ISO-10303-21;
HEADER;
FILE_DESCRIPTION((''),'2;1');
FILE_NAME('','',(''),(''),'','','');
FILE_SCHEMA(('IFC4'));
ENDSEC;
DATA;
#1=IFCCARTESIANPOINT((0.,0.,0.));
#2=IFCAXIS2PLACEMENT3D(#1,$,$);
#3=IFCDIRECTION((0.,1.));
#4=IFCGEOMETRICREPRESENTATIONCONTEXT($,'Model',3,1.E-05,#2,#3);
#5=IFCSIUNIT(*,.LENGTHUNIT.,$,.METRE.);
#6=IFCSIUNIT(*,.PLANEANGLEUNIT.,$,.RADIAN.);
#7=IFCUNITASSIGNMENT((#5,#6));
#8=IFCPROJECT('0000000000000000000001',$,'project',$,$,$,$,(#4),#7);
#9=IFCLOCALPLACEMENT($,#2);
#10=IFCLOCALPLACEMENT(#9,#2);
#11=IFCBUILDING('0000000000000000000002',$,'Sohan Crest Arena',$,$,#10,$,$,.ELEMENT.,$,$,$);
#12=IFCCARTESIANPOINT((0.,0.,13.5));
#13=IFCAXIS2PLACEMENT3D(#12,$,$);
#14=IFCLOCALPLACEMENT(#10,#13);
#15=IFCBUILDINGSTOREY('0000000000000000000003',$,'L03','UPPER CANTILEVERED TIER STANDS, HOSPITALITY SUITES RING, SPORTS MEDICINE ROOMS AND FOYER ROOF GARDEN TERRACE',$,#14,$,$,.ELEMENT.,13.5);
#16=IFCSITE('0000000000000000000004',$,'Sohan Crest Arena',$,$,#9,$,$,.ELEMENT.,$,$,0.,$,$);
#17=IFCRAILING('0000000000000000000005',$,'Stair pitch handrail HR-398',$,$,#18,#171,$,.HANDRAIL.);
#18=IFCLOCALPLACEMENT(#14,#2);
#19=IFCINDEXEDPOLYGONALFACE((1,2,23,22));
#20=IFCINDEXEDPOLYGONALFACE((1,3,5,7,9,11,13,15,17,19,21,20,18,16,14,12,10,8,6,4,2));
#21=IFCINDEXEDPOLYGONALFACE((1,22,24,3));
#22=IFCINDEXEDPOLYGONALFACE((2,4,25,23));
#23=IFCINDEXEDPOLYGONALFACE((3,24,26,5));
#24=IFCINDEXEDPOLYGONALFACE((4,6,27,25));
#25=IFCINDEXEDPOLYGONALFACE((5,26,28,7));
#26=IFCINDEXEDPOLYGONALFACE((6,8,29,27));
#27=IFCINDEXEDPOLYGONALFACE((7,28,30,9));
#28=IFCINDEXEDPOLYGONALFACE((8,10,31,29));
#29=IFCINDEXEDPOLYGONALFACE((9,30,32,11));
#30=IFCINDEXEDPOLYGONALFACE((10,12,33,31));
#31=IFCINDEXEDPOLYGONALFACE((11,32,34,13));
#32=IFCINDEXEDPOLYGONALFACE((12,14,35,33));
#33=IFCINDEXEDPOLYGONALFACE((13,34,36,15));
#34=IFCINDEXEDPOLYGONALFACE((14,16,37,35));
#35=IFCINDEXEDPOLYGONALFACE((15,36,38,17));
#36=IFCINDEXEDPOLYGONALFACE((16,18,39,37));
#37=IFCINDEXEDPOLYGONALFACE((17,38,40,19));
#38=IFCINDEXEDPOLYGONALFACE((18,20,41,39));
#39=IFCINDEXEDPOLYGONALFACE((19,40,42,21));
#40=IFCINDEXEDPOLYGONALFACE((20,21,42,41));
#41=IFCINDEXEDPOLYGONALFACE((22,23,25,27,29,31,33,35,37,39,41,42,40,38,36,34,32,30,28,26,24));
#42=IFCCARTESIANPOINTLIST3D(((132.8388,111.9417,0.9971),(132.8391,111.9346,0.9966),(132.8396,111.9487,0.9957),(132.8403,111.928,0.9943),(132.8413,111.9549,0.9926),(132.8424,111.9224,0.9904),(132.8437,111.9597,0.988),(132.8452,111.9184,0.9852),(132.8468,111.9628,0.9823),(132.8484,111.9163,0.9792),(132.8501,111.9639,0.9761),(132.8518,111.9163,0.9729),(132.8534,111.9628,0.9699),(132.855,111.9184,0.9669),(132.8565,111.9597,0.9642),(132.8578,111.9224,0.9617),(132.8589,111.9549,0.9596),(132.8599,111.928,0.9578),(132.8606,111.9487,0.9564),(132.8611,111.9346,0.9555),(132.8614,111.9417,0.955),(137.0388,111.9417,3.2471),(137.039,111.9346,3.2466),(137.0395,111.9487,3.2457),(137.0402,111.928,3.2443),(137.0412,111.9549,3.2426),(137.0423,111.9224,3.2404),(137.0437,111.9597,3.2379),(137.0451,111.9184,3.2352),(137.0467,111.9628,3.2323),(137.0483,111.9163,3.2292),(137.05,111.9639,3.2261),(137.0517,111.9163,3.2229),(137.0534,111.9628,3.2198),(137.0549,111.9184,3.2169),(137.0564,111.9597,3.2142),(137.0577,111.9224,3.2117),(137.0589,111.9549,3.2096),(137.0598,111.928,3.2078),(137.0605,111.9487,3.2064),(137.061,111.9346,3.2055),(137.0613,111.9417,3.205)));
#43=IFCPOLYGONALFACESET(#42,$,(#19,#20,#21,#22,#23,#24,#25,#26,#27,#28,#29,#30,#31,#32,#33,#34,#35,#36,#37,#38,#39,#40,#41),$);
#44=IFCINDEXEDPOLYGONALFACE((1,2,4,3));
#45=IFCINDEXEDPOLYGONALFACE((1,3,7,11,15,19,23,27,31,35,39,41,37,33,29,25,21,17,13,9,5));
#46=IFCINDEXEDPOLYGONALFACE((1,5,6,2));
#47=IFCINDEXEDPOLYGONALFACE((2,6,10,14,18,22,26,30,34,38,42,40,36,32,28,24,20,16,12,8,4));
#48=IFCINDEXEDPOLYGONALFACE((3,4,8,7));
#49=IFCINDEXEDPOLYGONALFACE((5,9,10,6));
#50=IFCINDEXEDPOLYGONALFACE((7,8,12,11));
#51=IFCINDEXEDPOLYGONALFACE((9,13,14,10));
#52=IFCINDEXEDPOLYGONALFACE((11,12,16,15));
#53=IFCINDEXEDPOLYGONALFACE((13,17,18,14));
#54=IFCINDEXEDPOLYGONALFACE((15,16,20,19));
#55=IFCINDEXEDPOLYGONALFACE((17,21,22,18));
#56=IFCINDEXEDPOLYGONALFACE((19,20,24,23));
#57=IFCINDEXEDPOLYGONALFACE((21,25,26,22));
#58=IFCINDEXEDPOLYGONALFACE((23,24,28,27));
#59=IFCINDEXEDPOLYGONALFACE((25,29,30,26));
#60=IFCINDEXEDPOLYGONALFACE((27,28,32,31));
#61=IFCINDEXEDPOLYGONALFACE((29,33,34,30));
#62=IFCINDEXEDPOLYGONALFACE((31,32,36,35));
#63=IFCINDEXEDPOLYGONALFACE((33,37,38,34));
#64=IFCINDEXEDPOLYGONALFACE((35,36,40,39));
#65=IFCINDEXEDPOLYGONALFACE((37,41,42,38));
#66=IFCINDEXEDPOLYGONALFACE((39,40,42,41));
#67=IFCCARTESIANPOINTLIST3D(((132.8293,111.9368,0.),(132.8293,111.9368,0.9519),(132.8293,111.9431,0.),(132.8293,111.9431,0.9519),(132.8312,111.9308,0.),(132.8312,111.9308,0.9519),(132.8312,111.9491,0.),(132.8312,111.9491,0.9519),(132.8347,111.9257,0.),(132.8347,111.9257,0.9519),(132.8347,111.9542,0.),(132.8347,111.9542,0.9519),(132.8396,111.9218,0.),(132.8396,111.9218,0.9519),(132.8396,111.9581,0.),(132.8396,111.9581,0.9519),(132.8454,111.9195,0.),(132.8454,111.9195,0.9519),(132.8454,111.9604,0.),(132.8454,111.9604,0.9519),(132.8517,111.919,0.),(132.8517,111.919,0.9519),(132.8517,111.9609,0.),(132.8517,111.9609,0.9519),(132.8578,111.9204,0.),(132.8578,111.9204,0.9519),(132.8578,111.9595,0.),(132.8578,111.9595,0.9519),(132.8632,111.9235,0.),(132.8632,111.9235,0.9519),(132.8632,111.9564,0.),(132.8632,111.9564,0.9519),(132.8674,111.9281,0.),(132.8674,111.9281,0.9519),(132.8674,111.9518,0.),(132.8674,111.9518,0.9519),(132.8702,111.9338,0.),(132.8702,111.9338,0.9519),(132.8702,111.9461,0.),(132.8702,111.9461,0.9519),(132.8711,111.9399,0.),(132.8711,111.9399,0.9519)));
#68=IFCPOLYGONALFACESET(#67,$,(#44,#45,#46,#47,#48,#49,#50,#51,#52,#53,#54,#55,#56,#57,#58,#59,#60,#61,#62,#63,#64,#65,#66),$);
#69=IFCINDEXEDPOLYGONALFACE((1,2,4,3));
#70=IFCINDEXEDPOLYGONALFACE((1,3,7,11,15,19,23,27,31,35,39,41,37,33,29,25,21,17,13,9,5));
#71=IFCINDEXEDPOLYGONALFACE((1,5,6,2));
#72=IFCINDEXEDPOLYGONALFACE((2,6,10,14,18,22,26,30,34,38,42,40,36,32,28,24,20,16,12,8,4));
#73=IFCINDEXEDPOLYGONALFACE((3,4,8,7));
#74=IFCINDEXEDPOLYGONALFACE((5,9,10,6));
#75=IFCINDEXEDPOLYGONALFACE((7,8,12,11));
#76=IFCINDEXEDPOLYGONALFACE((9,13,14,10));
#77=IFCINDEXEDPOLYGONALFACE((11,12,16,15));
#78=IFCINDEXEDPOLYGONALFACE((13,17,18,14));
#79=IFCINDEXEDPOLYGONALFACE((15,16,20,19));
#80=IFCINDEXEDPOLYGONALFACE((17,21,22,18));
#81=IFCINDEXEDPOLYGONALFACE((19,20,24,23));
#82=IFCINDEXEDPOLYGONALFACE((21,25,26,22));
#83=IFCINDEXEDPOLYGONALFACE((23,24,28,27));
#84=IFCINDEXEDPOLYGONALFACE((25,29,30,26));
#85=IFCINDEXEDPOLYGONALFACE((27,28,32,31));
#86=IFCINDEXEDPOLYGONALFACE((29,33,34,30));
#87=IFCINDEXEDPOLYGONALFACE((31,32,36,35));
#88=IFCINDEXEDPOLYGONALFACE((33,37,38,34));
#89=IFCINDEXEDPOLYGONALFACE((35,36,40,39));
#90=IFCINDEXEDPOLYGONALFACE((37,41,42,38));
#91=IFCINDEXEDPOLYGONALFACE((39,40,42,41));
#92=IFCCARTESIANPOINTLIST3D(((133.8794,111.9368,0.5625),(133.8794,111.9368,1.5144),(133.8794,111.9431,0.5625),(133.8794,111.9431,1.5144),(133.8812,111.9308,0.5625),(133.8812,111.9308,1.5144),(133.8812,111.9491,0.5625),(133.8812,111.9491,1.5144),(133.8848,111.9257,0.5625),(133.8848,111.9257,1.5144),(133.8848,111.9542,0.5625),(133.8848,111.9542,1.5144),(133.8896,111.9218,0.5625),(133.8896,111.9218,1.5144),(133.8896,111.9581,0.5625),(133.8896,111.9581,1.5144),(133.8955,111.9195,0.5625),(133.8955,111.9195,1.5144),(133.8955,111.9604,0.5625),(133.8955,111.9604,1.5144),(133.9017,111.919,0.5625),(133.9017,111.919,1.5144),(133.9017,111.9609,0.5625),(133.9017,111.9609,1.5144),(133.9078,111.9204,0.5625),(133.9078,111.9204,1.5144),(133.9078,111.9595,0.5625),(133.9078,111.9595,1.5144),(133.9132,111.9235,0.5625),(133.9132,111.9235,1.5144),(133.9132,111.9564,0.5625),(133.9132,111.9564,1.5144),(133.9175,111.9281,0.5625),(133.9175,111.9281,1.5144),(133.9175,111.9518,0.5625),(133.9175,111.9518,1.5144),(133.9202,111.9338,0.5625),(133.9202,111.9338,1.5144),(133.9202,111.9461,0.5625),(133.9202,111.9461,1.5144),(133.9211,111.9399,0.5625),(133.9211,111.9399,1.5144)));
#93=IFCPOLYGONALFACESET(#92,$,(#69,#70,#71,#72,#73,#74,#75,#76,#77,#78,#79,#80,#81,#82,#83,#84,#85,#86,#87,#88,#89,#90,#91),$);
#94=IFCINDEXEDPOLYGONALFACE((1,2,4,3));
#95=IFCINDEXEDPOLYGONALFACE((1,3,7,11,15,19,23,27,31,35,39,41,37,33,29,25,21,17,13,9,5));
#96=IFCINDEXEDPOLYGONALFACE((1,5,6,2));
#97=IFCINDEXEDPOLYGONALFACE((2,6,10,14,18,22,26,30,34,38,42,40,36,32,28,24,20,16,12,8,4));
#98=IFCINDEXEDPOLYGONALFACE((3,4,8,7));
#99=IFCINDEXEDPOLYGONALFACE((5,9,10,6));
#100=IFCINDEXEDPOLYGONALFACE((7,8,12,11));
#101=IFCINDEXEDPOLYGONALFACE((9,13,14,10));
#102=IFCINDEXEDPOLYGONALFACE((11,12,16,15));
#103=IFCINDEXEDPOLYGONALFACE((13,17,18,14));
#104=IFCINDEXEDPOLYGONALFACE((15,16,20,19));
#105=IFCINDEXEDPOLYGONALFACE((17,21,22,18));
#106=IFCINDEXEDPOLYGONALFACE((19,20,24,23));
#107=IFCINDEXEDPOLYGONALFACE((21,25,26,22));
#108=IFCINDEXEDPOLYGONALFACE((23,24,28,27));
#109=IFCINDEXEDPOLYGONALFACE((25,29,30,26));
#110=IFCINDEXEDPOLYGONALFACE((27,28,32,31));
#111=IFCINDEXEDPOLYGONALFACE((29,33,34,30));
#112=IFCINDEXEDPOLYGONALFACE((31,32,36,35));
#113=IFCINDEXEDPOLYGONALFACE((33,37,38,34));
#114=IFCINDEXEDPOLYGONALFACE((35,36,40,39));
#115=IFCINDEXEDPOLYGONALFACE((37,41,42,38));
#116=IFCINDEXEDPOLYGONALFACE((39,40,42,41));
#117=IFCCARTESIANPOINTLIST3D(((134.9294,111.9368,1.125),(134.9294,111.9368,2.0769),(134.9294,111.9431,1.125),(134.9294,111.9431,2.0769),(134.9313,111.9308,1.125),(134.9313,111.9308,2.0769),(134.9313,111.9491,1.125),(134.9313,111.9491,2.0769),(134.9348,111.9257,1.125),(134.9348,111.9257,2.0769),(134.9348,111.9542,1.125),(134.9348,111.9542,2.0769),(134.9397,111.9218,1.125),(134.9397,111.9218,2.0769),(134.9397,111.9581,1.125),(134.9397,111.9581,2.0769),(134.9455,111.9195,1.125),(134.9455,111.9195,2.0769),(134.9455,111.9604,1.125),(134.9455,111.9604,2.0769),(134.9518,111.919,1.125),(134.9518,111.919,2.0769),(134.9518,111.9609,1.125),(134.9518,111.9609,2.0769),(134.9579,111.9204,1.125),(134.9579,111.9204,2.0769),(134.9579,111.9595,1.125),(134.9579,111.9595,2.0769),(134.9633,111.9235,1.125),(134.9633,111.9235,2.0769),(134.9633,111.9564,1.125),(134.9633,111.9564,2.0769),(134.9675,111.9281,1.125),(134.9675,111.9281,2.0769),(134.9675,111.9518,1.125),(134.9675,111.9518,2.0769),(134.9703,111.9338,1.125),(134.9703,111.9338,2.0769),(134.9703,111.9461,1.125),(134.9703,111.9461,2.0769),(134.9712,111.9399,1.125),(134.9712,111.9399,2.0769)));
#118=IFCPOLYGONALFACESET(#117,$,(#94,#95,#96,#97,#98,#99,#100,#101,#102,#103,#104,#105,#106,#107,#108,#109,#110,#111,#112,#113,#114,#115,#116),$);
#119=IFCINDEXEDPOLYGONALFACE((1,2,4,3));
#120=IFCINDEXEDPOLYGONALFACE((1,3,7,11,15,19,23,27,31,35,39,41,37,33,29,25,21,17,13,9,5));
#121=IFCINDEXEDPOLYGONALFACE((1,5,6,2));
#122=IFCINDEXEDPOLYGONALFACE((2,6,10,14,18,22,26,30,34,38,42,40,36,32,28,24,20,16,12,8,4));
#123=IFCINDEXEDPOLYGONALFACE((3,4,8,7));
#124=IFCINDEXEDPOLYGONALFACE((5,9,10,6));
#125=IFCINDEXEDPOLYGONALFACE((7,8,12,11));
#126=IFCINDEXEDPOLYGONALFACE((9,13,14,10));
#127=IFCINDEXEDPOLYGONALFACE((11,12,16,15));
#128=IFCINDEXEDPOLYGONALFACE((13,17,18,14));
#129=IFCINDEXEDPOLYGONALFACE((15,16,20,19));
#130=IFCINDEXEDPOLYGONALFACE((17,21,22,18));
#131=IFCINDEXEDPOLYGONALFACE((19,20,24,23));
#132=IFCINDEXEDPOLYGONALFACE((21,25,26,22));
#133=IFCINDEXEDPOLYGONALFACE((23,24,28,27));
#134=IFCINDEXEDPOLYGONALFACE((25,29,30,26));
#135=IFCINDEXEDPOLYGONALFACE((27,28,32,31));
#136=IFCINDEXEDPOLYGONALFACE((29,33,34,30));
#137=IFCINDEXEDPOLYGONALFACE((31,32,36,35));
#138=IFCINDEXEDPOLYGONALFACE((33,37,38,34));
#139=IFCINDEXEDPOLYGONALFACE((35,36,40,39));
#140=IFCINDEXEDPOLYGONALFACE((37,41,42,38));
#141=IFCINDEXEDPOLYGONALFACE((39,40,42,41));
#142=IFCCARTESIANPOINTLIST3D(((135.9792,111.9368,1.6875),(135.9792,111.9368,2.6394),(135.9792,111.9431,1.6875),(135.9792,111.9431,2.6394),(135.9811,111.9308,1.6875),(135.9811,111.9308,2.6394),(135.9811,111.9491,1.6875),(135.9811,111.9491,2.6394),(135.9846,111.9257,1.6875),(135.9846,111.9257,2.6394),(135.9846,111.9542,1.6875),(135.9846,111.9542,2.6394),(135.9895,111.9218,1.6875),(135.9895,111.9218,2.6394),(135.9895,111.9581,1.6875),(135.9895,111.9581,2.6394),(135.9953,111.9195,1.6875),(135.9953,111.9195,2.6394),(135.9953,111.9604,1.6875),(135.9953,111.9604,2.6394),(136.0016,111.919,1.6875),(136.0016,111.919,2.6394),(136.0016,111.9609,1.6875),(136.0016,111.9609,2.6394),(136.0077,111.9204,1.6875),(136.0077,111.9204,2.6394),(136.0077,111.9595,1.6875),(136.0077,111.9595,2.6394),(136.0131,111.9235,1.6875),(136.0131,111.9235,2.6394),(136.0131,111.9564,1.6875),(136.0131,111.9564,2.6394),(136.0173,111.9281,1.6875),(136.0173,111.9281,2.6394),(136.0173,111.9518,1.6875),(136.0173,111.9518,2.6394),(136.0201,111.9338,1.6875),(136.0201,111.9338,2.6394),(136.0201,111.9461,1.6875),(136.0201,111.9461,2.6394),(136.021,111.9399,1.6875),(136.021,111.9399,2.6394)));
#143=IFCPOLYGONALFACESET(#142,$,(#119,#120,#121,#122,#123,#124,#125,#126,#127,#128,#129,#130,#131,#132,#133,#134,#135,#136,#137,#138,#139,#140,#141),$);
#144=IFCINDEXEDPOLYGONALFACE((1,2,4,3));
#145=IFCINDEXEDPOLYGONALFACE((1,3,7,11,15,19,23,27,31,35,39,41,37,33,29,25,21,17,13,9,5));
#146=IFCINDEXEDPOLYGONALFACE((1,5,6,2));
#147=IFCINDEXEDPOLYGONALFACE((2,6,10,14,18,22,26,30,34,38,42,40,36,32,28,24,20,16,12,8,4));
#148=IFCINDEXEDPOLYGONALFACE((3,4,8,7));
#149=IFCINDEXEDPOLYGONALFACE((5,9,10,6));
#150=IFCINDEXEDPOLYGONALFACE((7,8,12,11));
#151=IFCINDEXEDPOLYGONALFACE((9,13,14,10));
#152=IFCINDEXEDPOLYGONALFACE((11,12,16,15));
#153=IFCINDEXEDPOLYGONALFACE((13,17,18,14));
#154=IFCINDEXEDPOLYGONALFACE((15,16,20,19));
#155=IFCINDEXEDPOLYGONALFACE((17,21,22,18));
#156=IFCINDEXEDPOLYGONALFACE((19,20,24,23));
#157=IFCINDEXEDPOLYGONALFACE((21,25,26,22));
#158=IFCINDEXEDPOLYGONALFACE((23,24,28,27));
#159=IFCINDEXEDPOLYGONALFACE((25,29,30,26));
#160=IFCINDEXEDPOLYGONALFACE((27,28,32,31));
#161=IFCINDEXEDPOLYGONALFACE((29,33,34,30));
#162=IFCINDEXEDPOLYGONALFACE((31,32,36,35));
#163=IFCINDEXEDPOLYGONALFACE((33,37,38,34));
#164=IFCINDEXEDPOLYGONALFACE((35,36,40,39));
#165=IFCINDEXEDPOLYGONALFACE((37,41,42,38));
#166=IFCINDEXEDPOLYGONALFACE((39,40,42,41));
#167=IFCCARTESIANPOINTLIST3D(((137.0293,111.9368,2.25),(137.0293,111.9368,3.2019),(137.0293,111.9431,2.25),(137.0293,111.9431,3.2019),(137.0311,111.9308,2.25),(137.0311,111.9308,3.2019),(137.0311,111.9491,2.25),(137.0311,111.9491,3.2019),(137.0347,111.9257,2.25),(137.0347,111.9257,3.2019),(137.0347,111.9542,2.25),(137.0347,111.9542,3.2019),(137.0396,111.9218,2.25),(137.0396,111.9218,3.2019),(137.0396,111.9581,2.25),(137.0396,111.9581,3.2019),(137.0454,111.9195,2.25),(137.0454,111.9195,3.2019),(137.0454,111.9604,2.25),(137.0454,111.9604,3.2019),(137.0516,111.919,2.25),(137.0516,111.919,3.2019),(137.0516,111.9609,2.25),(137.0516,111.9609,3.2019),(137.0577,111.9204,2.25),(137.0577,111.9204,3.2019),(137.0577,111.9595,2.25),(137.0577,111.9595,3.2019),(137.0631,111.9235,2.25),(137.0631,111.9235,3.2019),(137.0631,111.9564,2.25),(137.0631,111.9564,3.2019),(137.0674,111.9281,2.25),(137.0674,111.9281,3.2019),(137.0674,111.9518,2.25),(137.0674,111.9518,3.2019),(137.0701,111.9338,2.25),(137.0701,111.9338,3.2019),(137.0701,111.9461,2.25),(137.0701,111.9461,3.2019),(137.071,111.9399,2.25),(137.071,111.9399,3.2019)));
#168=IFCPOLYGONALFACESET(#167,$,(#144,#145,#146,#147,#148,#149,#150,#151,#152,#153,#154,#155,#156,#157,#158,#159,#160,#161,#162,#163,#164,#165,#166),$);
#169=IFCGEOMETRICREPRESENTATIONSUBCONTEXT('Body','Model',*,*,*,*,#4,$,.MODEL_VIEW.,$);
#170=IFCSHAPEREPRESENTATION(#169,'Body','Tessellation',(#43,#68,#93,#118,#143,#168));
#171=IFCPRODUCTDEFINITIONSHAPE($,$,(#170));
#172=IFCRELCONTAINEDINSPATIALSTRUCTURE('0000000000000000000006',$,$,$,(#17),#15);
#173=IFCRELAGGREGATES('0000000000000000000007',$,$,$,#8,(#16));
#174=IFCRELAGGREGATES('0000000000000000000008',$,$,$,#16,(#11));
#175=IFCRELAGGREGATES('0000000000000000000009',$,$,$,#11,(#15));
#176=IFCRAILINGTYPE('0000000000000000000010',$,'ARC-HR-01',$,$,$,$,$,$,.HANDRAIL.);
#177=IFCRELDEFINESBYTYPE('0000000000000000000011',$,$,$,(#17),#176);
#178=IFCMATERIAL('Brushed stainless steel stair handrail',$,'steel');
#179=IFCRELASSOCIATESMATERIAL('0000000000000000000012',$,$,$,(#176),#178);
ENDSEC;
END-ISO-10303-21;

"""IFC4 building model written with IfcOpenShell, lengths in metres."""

from ifc_helpers import new_model, si_unit, direction, frame, origin, origin_2d, place, context, subcontext, project, spatial, circle, extrude, material, type_object, element, save


model = new_model("IFC4")

# Units and contexts
model_context = context("Model", 3, precision=1e-05, world=origin(), true_north=direction((0.0, 1.0)))
body_context = subcontext(model_context, "Body", "Model", "MODEL_VIEW")
ifc_project = project(units=[si_unit("LENGTHUNIT", "METRE"), si_unit("PLANEANGLEUNIT", "RADIAN")], contexts=[model_context])

# Site, building, storey
site_placement = place(None, origin())
site = spatial("IfcSite", under=ifc_project, at=site_placement, Name="Sohan Crest Arena", CompositionType="ELEMENT", RefElevation=0.0)
building_placement = place(site_placement, origin())
building = spatial("IfcBuilding", under=site, at=building_placement, Name="Sohan Crest Arena", CompositionType="ELEMENT")
storey_placement = place(building_placement, frame((0.0, 0.0, 13.5)))
storey = spatial("IfcBuildingStorey", under=building, at=storey_placement, Name="L03", Description="UPPER CANTILEVERED TIER STANDS, HOSPITALITY SUITES RING, SPORTS MEDICINE ROOMS AND FOYER ROOF GARDEN TERRACE", CompositionType="ELEMENT", Elevation=13.5)

# Railing
ifc_material_1 = material(Name="Brushed stainless steel stair handrail", Category="steel")
railing_type_1 = type_object("IfcRailingType", Name="ARC-HR-01", PredefinedType="HANDRAIL", material=ifc_material_1)
railing_1_placement = place(storey_placement, frame((132.8501, 111.9399, 0.0)))
element("IfcRailing", 1, at=railing_1_placement, inside=storey, type_object=railing_type_1, Name="Stair pitch handrail HR-398", PredefinedType="HANDRAIL", context=body_context, shape_type="SweptSolid", body=[
    extrude(circle(Radius=0.0239, at=origin_2d()), frame((0.0, 0.0, 0.9761), z_axis=(0.881478, 0.0, 0.472226), x_axis=(0.0, 1.0, 0.0)), (0.0, 0.0, 1.0), 4.7646),
    extrude(circle(Radius=0.021, at=origin_2d()), origin(), (0.0, 0.0, 1.0), 0.9519),
    extrude(circle(Radius=0.021, at=origin_2d()), frame((1.05, 0.0, 0.5625)), (0.0, 0.0, 1.0), 0.9519),
    extrude(circle(Radius=0.021, at=origin_2d()), frame((2.1001, 0.0, 1.125)), (0.0, 0.0, 1.0), 0.9519),
    extrude(circle(Radius=0.021, at=origin_2d()), frame((3.1499, 0.0, 1.6875)), (0.0, 0.0, 1.0), 0.9519),
    extrude(circle(Radius=0.021, at=origin_2d()), frame((4.2, 0.0, 2.25)), (0.0, 0.0, 1.0), 0.9519),
])

save(model, "model.ifc")
